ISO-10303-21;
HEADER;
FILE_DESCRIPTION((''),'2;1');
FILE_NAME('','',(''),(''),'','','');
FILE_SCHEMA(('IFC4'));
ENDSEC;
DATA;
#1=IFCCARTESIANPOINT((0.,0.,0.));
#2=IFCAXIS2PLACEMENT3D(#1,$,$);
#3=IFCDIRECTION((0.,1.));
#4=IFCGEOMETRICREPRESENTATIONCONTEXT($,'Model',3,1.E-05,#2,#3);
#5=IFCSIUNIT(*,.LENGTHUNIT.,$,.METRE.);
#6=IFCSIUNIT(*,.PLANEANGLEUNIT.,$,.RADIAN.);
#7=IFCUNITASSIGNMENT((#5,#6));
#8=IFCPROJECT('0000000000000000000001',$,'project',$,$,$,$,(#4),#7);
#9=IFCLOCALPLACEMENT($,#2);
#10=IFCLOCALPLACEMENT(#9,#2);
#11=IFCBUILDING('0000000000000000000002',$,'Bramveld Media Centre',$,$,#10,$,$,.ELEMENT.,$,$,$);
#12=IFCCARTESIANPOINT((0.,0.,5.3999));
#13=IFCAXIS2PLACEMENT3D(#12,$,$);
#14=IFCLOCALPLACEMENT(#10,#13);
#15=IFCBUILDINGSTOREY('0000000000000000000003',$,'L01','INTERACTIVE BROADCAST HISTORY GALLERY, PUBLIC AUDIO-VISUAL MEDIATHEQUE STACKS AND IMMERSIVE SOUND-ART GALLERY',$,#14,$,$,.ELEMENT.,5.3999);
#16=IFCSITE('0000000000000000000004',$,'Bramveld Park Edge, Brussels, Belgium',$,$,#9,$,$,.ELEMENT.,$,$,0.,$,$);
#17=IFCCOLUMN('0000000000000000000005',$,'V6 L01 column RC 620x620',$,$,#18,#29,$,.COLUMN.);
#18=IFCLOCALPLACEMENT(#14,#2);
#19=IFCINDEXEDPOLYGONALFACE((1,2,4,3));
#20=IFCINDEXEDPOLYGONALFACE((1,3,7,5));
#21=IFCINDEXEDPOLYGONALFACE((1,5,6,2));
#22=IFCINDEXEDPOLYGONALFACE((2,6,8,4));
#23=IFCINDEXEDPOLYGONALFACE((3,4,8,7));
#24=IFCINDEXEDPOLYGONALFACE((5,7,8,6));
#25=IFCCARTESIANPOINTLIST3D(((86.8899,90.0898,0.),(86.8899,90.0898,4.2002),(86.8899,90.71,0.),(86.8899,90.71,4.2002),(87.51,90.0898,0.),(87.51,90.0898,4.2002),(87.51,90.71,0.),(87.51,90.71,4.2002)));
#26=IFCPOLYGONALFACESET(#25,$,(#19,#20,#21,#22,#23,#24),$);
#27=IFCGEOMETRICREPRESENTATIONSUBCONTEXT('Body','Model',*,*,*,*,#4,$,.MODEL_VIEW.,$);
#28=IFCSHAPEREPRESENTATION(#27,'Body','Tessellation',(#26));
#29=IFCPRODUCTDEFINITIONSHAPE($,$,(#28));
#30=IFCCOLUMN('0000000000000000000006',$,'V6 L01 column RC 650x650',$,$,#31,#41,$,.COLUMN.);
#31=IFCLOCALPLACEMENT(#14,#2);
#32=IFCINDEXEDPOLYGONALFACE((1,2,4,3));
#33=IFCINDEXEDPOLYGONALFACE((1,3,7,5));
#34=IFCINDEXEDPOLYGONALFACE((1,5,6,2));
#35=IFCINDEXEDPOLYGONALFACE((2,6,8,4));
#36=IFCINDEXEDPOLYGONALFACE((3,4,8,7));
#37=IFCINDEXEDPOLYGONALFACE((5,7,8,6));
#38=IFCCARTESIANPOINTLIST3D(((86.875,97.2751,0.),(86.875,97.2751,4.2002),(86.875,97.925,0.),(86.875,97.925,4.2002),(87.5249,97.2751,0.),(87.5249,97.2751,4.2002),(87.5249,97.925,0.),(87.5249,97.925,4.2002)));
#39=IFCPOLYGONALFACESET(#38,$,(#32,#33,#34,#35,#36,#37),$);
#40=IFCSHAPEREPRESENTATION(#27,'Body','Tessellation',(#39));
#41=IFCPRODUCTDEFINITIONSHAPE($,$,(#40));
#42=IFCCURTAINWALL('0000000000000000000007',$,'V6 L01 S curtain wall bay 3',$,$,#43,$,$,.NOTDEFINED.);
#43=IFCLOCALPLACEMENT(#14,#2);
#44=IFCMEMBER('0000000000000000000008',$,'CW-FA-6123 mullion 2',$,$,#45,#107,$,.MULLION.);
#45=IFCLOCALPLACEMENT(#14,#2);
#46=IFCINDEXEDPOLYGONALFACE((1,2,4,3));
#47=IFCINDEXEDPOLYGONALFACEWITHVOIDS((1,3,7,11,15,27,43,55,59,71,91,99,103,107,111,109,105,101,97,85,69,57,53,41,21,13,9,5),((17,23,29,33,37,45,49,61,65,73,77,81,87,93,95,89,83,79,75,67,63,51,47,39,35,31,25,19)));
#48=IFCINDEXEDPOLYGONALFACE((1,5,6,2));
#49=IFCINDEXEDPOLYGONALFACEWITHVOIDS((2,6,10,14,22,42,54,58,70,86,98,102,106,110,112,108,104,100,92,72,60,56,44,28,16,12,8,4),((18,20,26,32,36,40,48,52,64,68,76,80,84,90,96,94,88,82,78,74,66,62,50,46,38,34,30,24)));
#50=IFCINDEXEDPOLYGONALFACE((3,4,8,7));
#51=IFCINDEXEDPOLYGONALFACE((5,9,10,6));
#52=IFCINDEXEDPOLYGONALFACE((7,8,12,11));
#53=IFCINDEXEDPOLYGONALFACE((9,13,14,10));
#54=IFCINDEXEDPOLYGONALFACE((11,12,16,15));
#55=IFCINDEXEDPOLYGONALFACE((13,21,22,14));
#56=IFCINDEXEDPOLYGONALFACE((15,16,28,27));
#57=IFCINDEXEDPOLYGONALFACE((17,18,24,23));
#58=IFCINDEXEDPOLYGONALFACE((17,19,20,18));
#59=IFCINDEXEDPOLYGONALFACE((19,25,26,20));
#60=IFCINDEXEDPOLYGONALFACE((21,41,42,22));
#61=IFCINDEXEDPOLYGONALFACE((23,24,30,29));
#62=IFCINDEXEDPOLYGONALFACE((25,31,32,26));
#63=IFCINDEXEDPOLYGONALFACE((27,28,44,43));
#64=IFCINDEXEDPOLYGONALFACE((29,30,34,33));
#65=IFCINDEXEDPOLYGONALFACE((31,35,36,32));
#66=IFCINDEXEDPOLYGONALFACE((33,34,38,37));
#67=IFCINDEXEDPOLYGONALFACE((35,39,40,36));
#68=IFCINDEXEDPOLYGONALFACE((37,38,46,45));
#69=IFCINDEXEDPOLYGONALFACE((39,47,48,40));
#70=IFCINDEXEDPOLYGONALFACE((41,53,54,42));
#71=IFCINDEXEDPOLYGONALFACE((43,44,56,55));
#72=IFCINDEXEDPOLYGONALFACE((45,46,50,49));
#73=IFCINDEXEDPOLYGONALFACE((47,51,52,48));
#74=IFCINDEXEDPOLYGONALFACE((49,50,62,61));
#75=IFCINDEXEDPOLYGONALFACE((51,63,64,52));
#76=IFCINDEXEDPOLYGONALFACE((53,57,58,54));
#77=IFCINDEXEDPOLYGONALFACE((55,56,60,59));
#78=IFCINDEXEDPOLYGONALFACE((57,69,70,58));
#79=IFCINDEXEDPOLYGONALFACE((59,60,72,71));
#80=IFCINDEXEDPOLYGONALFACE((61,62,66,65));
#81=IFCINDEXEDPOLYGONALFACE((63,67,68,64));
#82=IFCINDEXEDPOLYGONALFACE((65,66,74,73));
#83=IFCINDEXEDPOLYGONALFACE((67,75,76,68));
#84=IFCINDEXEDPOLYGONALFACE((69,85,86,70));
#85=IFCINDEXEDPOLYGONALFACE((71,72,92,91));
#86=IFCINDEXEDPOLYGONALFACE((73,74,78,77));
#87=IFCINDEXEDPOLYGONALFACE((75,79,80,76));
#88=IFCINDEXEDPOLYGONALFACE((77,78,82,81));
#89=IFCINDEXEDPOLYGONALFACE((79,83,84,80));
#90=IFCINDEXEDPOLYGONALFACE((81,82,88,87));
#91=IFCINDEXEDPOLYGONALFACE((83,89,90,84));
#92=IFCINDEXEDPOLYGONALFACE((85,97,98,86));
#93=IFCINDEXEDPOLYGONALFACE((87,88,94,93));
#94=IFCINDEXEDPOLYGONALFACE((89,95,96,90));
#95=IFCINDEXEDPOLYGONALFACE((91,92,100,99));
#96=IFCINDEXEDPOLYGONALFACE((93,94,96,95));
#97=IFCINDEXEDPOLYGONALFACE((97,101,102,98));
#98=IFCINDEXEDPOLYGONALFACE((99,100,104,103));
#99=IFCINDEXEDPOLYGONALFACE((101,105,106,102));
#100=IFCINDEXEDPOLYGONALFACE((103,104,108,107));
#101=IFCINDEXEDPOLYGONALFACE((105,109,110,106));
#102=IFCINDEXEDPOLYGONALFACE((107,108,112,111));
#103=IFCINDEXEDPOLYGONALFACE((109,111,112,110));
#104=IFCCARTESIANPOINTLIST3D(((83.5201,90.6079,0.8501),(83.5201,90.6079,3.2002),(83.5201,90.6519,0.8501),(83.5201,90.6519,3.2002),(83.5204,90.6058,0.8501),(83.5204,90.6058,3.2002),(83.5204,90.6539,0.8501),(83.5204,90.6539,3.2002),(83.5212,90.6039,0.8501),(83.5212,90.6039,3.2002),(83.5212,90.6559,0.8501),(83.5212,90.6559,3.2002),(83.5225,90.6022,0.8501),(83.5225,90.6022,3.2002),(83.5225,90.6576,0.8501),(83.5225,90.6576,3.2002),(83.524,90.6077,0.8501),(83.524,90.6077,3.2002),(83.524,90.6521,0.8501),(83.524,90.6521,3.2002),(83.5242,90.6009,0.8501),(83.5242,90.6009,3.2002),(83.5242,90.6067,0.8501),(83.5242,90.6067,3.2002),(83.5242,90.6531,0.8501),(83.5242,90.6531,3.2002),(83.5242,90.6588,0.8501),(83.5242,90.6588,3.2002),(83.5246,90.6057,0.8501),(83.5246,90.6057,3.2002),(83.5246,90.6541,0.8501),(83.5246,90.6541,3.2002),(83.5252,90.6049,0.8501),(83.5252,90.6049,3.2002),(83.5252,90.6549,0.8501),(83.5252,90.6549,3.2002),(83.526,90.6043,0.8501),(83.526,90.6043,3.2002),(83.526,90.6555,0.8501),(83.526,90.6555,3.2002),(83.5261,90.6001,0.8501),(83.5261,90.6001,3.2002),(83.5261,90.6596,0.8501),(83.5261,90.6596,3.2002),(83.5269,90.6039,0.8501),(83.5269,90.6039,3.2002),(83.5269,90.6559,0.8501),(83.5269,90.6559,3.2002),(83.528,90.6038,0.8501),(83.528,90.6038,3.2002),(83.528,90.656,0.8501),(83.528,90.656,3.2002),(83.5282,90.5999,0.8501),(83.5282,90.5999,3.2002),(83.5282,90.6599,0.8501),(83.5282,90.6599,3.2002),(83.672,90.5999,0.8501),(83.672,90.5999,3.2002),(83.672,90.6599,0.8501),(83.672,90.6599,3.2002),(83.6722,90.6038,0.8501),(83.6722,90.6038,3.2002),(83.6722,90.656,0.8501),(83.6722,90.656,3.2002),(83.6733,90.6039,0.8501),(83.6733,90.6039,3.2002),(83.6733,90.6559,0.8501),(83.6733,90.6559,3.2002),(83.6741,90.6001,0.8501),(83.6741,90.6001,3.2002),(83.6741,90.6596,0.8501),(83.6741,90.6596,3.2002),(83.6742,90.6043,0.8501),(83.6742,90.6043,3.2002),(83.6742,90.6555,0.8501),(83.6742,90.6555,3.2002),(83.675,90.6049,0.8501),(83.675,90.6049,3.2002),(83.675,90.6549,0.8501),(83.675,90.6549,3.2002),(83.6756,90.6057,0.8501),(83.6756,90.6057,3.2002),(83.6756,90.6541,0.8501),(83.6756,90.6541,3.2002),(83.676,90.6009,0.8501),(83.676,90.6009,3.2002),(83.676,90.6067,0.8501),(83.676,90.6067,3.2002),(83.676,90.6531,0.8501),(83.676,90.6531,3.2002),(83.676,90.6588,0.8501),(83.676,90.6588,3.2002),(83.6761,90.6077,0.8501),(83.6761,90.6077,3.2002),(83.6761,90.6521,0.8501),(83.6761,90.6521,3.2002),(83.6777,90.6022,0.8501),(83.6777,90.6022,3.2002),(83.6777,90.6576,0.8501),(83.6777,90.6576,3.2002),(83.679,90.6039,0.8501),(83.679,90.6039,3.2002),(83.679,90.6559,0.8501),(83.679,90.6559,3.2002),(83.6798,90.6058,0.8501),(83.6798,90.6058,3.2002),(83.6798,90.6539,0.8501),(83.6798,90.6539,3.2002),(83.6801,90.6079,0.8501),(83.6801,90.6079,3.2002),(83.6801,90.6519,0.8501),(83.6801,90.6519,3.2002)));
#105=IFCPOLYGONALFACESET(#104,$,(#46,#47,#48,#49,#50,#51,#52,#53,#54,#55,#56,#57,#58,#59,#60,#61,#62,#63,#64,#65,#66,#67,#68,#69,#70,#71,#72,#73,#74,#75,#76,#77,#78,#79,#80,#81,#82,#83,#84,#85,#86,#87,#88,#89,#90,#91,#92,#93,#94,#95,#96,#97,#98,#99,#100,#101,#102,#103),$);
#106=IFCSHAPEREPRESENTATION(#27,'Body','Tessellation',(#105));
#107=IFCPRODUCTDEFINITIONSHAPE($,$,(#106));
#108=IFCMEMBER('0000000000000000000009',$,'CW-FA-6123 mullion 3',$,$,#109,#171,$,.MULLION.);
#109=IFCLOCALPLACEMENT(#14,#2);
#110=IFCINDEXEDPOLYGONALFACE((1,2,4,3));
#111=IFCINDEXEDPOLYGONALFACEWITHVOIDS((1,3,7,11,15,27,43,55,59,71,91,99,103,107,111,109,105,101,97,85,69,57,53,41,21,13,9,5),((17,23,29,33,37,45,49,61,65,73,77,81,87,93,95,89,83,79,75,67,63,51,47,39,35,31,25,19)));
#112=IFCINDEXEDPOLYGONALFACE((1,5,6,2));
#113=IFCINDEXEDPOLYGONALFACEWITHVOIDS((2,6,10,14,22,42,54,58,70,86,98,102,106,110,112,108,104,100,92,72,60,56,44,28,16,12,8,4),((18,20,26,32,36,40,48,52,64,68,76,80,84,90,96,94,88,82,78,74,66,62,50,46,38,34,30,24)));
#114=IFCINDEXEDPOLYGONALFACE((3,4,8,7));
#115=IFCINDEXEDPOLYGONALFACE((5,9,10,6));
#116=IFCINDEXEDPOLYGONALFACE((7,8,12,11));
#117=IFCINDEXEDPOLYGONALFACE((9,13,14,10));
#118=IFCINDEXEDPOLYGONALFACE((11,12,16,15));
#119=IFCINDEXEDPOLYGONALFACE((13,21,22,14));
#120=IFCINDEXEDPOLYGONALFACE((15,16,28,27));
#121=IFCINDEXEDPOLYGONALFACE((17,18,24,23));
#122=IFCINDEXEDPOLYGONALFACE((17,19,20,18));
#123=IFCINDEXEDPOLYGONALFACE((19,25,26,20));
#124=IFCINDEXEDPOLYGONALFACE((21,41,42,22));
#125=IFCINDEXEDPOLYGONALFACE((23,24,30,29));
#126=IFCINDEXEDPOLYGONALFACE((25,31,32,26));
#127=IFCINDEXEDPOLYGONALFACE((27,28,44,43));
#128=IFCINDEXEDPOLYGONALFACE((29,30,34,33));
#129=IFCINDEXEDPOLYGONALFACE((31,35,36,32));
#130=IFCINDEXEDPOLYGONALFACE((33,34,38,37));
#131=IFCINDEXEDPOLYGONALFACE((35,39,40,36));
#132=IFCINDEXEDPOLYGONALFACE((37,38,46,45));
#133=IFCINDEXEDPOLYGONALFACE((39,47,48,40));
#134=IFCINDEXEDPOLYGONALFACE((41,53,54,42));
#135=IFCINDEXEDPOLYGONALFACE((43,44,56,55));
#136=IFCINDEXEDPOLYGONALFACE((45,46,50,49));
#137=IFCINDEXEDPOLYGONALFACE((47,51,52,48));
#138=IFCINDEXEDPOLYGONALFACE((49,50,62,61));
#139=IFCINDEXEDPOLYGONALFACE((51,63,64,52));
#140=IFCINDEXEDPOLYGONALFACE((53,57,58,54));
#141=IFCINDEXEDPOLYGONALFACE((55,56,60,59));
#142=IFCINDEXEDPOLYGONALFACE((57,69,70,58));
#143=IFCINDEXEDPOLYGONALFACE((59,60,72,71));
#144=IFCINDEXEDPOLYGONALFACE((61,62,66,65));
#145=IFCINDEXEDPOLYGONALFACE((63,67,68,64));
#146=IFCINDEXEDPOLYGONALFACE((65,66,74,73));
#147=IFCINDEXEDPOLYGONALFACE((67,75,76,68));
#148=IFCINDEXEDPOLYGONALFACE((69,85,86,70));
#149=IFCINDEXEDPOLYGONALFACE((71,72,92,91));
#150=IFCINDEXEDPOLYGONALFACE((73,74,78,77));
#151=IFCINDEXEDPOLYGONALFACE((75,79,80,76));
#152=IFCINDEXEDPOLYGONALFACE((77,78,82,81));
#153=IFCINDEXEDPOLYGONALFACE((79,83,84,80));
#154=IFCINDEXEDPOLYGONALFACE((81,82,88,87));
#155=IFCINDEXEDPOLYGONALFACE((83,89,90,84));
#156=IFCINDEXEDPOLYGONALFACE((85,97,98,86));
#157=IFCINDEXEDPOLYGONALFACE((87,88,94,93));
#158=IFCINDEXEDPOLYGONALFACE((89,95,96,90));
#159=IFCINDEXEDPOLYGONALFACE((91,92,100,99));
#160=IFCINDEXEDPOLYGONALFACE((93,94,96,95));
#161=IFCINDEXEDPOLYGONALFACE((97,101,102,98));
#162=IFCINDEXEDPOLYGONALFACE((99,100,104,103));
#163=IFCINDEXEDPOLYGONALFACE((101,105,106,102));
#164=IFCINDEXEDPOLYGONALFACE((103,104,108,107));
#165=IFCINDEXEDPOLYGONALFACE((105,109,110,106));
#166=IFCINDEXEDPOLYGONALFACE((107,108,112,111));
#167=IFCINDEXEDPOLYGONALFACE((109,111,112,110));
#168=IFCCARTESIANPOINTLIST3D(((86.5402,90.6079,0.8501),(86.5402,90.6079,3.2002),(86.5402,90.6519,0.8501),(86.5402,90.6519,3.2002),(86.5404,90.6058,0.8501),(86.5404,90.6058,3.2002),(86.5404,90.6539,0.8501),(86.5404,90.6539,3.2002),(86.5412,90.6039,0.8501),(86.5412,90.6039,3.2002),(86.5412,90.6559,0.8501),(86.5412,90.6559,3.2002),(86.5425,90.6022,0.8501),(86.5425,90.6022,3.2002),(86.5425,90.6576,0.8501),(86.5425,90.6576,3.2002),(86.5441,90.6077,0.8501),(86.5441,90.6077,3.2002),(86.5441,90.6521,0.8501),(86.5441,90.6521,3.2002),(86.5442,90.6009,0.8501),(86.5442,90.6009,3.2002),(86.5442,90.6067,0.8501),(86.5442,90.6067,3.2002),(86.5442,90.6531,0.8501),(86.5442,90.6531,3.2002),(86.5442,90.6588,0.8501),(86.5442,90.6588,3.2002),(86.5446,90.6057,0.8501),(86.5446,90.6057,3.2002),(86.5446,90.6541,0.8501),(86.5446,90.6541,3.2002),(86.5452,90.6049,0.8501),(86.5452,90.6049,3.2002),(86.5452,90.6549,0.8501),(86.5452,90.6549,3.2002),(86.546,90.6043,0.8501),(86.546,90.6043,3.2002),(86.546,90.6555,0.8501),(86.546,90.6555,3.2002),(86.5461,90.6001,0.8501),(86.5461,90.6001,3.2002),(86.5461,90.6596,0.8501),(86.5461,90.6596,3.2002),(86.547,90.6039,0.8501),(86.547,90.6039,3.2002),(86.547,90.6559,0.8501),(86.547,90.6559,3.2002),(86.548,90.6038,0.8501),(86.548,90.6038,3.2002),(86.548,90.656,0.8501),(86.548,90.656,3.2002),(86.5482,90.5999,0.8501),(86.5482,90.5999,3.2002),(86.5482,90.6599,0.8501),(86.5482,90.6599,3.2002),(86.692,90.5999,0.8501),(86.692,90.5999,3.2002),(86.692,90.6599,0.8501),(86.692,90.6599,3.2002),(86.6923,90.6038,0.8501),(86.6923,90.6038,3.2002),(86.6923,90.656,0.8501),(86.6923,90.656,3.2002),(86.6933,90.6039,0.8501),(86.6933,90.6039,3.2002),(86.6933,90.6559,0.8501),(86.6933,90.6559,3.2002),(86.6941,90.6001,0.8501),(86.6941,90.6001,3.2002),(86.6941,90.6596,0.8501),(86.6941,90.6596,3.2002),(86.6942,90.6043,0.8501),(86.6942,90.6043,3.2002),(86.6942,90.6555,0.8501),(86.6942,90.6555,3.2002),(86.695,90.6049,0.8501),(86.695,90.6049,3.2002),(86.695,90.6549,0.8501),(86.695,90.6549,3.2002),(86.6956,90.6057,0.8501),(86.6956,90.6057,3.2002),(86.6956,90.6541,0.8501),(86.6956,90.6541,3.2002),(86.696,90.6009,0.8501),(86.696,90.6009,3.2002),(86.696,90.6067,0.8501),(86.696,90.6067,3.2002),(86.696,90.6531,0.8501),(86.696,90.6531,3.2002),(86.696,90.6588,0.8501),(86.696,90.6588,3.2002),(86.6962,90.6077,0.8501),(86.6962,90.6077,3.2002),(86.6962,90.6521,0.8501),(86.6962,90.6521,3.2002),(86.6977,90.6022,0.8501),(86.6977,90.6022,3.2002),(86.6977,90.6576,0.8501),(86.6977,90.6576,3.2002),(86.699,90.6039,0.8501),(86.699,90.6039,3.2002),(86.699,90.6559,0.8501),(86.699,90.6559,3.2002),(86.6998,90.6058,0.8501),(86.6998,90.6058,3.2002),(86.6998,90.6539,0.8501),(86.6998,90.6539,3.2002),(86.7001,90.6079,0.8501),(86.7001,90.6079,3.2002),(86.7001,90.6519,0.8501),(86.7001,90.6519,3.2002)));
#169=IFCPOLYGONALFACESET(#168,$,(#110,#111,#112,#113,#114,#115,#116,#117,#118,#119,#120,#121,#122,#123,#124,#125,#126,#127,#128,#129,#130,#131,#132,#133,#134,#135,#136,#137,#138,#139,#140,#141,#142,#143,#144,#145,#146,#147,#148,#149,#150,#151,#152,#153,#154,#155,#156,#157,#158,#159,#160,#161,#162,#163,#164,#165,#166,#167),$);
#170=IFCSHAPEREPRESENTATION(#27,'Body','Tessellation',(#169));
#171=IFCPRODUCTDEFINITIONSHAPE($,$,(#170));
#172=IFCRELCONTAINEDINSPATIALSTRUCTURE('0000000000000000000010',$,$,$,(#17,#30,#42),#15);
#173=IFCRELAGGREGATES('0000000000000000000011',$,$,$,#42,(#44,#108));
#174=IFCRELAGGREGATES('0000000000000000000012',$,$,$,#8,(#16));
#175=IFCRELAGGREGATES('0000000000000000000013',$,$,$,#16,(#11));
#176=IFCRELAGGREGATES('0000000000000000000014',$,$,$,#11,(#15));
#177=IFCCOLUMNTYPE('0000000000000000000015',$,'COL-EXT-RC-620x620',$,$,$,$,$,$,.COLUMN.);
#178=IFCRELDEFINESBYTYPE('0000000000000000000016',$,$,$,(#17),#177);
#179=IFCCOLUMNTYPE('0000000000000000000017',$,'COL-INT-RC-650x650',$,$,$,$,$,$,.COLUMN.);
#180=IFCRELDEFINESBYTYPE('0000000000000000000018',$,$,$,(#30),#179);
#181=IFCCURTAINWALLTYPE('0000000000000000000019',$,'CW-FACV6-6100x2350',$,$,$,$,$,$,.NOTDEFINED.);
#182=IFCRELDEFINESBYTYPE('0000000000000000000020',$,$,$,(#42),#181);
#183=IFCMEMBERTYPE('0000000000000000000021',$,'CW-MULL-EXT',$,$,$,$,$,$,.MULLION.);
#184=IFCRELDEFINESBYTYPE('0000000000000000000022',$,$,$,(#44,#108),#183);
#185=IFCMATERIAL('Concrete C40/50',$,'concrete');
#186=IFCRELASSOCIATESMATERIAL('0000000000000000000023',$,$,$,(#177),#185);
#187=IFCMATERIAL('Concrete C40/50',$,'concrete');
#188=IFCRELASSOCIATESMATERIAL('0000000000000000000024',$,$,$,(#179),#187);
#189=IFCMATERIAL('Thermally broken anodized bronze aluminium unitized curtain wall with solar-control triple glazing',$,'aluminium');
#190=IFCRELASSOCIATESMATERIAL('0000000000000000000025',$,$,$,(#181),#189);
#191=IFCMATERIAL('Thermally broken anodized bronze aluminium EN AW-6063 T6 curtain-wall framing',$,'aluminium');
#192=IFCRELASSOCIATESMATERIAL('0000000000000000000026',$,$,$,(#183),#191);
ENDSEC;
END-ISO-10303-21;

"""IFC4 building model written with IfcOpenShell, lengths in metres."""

from ifc_helpers import new_model, si_unit, direction, frame, origin, origin_2d, place, context, subcontext, project, spatial, rectangle, hollow_rectangle, extrude, material, material_profile, profile_set, type_object, element, aggregate, save


model = new_model("IFC4")

# Units and contexts
model_context = context("Model", 3, precision=1e-05, world=origin(), true_north=direction((0.0, 1.0)))
body_context = subcontext(model_context, "Body", "Model", "MODEL_VIEW")
ifc_project = project(units=[si_unit("LENGTHUNIT", "METRE"), si_unit("PLANEANGLEUNIT", "RADIAN")], contexts=[model_context])

# Site, building, storey
site_placement = place(None, origin())
site = spatial("IfcSite", under=ifc_project, at=site_placement, Name="Bramveld Park Edge, Brussels, Belgium", CompositionType="ELEMENT", RefElevation=0.0)
building_placement = place(site_placement, origin())
building = spatial("IfcBuilding", under=site, at=building_placement, Name="Bramveld Media Centre", CompositionType="ELEMENT")
storey_placement = place(building_placement, frame((0.0, 0.0, 5.3999)))
storey = spatial("IfcBuildingStorey", under=building, at=storey_placement, Name="L01", Description="INTERACTIVE BROADCAST HISTORY GALLERY, PUBLIC AUDIO-VISUAL MEDIATHEQUE STACKS AND IMMERSIVE SOUND-ART GALLERY", CompositionType="ELEMENT", Elevation=5.3999)

# Columns
ifc_material_1 = material(Name="Concrete C40/50", Category="concrete")
ifc_material_profile_1 = material_profile(ifc_material_1, rectangle(XDim=0.6201, YDim=0.6201, at=origin_2d()), Name="RC 620x620")
ifc_profile_set_1 = profile_set([ifc_material_profile_1], Name="Concrete C40/50")
column_type_1 = type_object("IfcColumnType", Name="COL-EXT-RC-620x620", PredefinedType="COLUMN", material=ifc_profile_set_1)
column_1_placement = place(storey_placement, frame((87.2, 90.3999, 0.0), z_axis=(0.0, 0.0, 1.0), x_axis=(1.0, 0.0, 0.0)))
element("IfcColumn", 1, at=column_1_placement, inside=storey, type_object=column_type_1, Name="V6 L01 column RC 620x620", PredefinedType="COLUMN", context=body_context, shape_type="SweptSolid", body=[
    extrude(rectangle(XDim=0.6201, YDim=0.6201, at=origin_2d()), origin(), (0.0, 0.0, 1.0), 4.2002),
])
ifc_material_2 = material(Name="Concrete C40/50", Category="concrete")
ifc_material_profile_2 = material_profile(ifc_material_2, rectangle(XDim=0.6499, YDim=0.6499, at=origin_2d()), Name="RC 650x650")
ifc_profile_set_2 = profile_set([ifc_material_profile_2], Name="Concrete C40/50")
column_type_2 = type_object("IfcColumnType", Name="COL-INT-RC-650x650", PredefinedType="COLUMN", material=ifc_profile_set_2)
column_2_placement = place(storey_placement, frame((87.2, 97.6001, 0.0), z_axis=(0.0, 0.0, 1.0), x_axis=(1.0, 0.0, 0.0)))
element("IfcColumn", 2, at=column_2_placement, inside=storey, type_object=column_type_2, Name="V6 L01 column RC 650x650", PredefinedType="COLUMN", context=body_context, shape_type="SweptSolid", body=[
    extrude(rectangle(XDim=0.6499, YDim=0.6499, at=origin_2d()), origin(), (0.0, 0.0, 1.0), 4.2002),
])

# Curtain wall, members
ifc_material_3 = material(Name="Thermally broken anodized bronze aluminium unitized curtain wall with solar-control triple glazing", Category="aluminium")
curtain_wall_type_1 = type_object("IfcCurtainWallType", Name="CW-FACV6-6100x2350", PredefinedType="NOTDEFINED", material=ifc_material_3)
curtain_wall_1_placement = place(storey_placement, origin())
curtain_wall_1 = element("IfcCurtainWall", 3, at=curtain_wall_1_placement, inside=storey, type_object=curtain_wall_type_1, Name="V6 L01 S curtain wall bay 3", PredefinedType="NOTDEFINED")
ifc_material_4 = material(Name="Thermally broken anodized bronze aluminium EN AW-6063 T6 curtain-wall framing", Category="aluminium")
ifc_material_profile_3 = material_profile(ifc_material_4, hollow_rectangle(XDim=0.0601, YDim=0.1599, WallThickness=0.0039, InnerFilletRadius=0.0039, OuterFilletRadius=0.0081, at=origin_2d()), Name="AL-MULL 60x160")
ifc_profile_set_3 = profile_set([ifc_material_profile_3], Name="Thermally broken anodized bronze aluminium EN AW-6063 T6 curtain-wall framing")
member_type_1 = type_object("IfcMemberType", Name="CW-MULL-EXT", PredefinedType="MULLION", material=ifc_profile_set_3)
member_1_placement = place(storey_placement, frame((83.6001, 90.6299, 0.8501), z_axis=(0.0, 0.0, 1.0), x_axis=(0.0, 1.0, 0.0)))
member_1 = element("IfcMember", 4, at=member_1_placement, type_object=member_type_1, Name="CW-FA-6123 mullion 2", PredefinedType="MULLION", context=body_context, shape_type="SweptSolid", body=[
    extrude(hollow_rectangle(XDim=0.0601, YDim=0.1599, WallThickness=0.0039, InnerFilletRadius=0.0039, OuterFilletRadius=0.0081, at=origin_2d()), origin(), (0.0, 0.0, 1.0), 2.3501),
])
member_2_placement = place(storey_placement, frame((86.6201, 90.6299, 0.8501), z_axis=(0.0, 0.0, 1.0), x_axis=(0.0, 1.0, 0.0)))
member_2 = element("IfcMember", 5, at=member_2_placement, type_object=member_type_1, Name="CW-FA-6123 mullion 3", PredefinedType="MULLION", context=body_context, shape_type="SweptSolid", body=[
    extrude(hollow_rectangle(XDim=0.0601, YDim=0.1599, WallThickness=0.0039, InnerFilletRadius=0.0039, OuterFilletRadius=0.0081, at=origin_2d()), origin(), (0.0, 0.0, 1.0), 2.3501),
])

aggregate(curtain_wall_1, [member_1, member_2])

save(model, "model.ifc")
